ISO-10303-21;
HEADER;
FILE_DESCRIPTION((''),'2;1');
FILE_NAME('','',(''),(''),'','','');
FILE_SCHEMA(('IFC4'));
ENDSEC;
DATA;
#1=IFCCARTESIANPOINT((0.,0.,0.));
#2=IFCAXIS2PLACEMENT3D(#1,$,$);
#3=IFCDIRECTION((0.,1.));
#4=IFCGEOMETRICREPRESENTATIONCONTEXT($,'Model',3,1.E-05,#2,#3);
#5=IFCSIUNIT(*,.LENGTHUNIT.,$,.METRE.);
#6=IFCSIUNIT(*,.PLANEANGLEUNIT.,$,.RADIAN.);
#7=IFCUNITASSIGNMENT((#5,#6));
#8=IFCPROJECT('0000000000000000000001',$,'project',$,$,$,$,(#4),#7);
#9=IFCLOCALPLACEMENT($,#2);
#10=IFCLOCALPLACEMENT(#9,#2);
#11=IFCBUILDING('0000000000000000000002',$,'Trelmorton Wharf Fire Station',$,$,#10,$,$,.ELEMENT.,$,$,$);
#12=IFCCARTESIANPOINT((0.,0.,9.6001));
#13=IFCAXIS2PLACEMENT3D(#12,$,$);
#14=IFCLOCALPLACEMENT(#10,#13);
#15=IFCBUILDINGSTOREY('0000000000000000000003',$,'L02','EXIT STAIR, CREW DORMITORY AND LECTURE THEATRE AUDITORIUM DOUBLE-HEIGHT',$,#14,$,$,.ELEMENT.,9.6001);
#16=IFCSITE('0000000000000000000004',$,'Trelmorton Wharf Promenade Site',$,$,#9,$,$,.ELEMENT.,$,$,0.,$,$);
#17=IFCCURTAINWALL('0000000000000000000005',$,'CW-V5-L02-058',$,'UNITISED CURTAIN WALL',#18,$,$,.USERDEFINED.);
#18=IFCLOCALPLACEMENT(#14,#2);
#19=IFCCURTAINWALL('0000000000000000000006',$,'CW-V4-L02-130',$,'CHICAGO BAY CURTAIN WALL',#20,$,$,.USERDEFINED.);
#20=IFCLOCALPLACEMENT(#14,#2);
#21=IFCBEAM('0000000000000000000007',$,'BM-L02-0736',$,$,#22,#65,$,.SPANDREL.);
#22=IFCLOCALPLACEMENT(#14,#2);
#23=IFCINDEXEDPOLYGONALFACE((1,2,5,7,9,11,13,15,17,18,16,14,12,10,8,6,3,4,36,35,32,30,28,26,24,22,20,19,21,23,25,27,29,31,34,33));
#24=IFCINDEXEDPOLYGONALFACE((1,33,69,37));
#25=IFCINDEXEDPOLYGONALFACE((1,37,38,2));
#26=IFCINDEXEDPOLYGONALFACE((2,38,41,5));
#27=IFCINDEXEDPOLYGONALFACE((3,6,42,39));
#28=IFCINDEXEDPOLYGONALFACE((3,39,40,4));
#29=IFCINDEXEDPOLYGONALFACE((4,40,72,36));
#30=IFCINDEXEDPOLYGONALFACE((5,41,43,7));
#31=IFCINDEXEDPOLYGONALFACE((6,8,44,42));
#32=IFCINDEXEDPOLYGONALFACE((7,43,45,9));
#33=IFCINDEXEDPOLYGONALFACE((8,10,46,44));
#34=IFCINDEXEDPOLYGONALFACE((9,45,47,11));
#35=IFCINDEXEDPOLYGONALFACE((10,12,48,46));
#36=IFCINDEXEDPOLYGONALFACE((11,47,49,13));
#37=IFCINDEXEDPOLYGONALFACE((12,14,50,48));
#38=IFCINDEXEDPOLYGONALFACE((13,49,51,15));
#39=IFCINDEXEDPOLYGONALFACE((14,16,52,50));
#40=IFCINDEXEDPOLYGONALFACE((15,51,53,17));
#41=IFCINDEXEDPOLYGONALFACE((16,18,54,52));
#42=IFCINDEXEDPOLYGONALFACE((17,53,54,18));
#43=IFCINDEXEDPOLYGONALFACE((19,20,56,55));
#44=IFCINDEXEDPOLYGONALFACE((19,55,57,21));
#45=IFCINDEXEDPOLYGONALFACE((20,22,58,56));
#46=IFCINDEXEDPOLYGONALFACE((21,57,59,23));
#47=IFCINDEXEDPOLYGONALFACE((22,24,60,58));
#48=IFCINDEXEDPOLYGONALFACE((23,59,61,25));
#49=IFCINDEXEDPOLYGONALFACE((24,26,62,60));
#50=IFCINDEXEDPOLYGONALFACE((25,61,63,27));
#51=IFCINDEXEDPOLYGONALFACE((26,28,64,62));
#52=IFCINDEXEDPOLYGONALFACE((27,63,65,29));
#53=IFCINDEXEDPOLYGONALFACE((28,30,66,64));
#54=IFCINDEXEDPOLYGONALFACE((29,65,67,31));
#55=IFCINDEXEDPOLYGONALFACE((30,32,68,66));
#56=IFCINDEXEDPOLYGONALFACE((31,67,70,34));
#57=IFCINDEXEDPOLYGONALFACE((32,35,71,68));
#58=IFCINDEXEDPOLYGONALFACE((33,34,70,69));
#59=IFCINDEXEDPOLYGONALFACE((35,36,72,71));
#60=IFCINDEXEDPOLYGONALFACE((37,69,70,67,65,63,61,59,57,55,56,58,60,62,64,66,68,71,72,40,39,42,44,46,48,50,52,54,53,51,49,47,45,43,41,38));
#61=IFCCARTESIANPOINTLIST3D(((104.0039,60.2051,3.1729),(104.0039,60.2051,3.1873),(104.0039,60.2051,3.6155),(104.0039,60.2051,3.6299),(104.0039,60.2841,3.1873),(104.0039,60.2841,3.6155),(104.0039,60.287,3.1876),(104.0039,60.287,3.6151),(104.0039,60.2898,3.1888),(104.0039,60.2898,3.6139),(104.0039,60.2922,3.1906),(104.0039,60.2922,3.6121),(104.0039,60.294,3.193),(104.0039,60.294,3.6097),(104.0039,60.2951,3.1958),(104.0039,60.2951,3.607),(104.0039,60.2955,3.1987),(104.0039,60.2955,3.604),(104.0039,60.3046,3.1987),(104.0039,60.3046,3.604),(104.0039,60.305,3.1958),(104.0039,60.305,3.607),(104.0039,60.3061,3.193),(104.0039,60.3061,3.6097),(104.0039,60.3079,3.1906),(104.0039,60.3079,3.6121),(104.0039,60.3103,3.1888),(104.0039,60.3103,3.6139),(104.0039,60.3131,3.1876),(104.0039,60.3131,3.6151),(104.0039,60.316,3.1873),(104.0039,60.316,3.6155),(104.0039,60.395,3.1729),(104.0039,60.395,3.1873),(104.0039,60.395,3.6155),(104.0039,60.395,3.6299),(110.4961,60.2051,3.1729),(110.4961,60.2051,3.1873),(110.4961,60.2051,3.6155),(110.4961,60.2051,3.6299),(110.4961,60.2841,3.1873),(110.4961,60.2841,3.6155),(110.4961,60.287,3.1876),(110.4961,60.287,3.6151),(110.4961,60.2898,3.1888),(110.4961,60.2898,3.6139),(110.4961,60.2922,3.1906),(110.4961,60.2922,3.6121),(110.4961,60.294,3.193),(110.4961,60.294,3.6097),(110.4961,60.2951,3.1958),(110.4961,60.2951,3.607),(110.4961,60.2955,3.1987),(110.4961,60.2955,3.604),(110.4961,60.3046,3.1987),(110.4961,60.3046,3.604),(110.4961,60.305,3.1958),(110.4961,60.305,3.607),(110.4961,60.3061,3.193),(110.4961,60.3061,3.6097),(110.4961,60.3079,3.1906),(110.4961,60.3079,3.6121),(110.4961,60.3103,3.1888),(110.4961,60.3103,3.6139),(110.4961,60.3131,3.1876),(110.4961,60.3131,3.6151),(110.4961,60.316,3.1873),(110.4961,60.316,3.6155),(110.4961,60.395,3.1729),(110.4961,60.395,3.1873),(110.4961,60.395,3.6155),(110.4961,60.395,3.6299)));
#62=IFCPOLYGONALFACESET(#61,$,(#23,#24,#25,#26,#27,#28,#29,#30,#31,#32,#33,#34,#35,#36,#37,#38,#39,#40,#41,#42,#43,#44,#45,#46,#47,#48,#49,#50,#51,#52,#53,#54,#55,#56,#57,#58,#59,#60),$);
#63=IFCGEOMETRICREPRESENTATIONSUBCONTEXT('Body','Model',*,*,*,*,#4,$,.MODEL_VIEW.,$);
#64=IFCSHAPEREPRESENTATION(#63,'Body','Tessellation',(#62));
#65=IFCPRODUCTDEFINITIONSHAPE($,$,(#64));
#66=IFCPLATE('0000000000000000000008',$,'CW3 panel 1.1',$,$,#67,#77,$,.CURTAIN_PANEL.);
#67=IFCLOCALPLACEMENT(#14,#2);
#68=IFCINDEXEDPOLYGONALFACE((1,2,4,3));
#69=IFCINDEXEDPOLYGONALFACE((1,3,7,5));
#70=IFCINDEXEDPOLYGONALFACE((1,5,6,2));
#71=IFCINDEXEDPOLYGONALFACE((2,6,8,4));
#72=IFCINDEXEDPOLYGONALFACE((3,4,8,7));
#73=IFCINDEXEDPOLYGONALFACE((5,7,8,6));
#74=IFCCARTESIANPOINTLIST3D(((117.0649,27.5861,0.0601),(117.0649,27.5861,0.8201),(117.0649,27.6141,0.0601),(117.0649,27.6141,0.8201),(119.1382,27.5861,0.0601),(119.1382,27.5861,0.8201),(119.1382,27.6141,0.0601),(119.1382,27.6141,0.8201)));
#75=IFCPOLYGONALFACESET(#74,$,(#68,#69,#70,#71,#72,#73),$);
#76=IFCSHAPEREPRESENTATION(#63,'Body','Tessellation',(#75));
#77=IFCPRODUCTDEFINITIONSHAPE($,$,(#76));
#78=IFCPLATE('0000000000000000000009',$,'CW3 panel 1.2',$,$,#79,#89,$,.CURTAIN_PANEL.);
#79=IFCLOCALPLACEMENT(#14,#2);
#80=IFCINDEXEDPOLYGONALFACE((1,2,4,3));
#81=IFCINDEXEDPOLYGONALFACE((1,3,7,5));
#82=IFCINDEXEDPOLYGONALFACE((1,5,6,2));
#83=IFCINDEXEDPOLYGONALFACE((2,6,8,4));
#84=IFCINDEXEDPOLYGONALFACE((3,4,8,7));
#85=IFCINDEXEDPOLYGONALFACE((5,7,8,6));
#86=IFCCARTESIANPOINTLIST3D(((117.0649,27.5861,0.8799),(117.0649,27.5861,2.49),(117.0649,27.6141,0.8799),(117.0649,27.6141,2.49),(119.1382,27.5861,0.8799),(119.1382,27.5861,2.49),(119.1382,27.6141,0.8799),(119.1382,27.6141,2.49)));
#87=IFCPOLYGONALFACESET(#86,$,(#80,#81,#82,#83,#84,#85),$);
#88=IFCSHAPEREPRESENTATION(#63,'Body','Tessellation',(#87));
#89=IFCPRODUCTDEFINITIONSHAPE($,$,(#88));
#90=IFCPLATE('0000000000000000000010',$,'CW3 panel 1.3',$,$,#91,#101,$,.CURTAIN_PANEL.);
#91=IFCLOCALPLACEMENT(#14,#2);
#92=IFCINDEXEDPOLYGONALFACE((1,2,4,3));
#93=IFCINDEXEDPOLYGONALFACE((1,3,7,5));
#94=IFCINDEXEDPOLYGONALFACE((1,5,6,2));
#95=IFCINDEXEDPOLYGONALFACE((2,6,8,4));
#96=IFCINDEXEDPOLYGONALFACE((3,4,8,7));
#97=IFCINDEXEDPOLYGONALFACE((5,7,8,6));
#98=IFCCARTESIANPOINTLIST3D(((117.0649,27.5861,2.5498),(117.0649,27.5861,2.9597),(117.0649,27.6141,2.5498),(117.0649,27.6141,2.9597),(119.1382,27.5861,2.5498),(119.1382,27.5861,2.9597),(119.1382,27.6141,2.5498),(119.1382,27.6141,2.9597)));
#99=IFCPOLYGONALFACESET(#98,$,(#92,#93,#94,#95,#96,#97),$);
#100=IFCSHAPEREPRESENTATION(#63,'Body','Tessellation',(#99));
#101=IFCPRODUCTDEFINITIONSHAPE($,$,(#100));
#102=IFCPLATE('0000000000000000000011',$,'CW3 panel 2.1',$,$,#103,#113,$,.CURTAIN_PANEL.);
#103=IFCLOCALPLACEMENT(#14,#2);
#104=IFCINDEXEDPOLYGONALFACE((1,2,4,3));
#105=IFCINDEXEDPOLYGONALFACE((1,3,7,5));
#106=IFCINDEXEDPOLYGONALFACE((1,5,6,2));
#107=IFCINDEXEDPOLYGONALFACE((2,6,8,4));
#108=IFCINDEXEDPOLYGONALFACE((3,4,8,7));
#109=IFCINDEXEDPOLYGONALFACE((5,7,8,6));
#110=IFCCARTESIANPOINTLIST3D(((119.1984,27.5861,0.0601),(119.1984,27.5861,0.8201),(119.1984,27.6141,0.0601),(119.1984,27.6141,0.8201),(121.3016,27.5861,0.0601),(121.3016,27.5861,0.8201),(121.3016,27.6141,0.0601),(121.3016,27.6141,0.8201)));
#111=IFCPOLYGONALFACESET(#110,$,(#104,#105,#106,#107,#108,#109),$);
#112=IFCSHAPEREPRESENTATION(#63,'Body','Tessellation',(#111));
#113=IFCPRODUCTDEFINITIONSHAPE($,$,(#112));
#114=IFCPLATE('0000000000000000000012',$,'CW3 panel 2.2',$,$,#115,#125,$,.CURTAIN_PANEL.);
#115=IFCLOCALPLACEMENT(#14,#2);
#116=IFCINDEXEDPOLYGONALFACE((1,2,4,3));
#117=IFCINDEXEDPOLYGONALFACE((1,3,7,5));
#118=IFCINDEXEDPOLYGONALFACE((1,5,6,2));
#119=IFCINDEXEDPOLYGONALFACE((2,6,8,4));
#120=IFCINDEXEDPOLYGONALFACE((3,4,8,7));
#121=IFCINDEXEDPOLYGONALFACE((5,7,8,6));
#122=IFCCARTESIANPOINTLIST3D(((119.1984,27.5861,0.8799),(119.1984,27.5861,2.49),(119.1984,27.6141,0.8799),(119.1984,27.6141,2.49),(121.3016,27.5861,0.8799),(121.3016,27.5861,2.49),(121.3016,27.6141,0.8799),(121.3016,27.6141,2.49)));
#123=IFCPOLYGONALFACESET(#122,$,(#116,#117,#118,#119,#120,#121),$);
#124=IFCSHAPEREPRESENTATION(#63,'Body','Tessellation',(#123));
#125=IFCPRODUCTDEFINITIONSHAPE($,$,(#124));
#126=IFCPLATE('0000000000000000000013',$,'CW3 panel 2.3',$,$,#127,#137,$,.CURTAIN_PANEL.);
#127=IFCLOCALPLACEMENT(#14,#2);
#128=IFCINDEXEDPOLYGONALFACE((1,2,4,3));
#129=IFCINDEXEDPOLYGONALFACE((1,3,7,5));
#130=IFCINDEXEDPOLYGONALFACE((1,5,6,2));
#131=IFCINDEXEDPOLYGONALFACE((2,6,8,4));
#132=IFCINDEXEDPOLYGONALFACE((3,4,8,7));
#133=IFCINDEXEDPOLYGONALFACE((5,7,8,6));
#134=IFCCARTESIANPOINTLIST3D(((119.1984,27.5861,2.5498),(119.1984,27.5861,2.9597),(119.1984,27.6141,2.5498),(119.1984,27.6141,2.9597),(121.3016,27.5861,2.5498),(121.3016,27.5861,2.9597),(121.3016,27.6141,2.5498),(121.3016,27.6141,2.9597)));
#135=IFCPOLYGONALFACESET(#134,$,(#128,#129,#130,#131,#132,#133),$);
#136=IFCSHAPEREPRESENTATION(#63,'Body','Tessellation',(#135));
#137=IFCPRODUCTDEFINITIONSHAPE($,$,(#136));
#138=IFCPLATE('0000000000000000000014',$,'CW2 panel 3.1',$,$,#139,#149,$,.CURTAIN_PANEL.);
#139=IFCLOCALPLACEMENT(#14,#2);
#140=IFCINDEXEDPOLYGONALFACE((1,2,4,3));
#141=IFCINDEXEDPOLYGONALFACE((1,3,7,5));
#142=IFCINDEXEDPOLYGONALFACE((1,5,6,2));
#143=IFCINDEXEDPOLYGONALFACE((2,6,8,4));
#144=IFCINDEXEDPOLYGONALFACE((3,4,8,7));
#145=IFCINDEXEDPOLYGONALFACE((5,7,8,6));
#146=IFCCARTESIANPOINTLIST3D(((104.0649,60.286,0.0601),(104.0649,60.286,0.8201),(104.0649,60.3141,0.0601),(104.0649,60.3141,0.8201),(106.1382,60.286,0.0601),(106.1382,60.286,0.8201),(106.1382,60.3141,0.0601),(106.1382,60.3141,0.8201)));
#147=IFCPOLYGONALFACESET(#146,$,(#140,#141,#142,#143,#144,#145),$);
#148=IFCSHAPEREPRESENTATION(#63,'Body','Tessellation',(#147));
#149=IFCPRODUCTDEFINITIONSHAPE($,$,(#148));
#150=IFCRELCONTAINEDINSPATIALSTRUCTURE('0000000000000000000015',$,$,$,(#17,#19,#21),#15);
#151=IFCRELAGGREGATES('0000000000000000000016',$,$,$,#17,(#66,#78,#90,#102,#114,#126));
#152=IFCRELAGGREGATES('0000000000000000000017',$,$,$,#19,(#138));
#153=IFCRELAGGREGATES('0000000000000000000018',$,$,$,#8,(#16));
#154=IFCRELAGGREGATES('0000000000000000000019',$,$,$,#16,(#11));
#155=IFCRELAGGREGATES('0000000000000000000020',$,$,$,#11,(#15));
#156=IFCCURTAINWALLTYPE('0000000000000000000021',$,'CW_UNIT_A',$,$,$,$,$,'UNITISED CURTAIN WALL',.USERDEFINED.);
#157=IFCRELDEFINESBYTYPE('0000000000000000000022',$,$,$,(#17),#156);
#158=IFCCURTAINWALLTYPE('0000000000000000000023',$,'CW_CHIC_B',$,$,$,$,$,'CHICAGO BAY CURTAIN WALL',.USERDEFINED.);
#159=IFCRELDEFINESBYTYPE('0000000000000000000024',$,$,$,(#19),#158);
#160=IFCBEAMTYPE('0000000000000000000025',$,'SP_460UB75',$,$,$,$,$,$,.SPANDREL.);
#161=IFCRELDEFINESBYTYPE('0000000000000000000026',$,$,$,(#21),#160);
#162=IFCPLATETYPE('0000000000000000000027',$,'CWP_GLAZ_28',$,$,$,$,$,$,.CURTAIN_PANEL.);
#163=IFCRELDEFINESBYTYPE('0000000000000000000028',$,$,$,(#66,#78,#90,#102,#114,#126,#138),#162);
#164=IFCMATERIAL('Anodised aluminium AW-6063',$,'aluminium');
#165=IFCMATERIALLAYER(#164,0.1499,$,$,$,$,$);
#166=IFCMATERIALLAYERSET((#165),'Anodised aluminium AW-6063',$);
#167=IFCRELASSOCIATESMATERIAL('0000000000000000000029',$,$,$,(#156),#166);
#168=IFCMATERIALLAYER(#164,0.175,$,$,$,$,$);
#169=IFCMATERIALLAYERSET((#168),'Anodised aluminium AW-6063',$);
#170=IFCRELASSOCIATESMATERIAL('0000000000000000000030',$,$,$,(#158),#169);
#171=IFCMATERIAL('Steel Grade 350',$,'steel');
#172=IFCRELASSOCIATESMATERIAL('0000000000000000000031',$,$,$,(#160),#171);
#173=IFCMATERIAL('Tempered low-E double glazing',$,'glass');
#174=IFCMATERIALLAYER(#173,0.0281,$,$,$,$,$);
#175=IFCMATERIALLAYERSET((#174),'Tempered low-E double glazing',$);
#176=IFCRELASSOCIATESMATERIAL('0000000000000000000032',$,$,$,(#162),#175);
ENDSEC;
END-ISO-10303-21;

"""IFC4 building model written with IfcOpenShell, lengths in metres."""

from ifc_helpers import new_model, si_unit, direction, frame, origin, origin_2d, place, context, subcontext, project, spatial, rectangle, i_section, extrude, material, layer, layer_set, material_profile, profile_set, type_object, element, aggregate, save


model = new_model("IFC4")

# Units and contexts
model_context = context("Model", 3, precision=1e-05, world=origin(), true_north=direction((0.0, 1.0)))
body_context = subcontext(model_context, "Body", "Model", "MODEL_VIEW")
ifc_project = project(units=[si_unit("LENGTHUNIT", "METRE"), si_unit("PLANEANGLEUNIT", "RADIAN")], contexts=[model_context])

# Site, building, storey
site_placement = place(None, origin())
site = spatial("IfcSite", under=ifc_project, at=site_placement, Name="Trelmorton Wharf Promenade Site", CompositionType="ELEMENT", RefElevation=0.0)
building_placement = place(site_placement, origin())
building = spatial("IfcBuilding", under=site, at=building_placement, Name="Trelmorton Wharf Fire Station", CompositionType="ELEMENT")
storey_placement = place(building_placement, frame((0.0, 0.0, 9.6001)))
storey = spatial("IfcBuildingStorey", under=building, at=storey_placement, Name="L02", Description="EXIT STAIR, CREW DORMITORY AND LECTURE THEATRE AUDITORIUM DOUBLE-HEIGHT", CompositionType="ELEMENT", Elevation=9.6001)

# Curtain wall
ifc_material_1 = material(Name="Anodised aluminium AW-6063", Category="aluminium")
ifc_layer_1 = layer(ifc_material_1, 0.1499)
ifc_layer_set_1 = layer_set([ifc_layer_1], Name="Anodised aluminium AW-6063")
curtain_wall_type_1 = type_object("IfcCurtainWallType", Name="CW_UNIT_A", ElementType="UNITISED CURTAIN WALL", PredefinedType="USERDEFINED", material=ifc_layer_set_1)
curtain_wall_1_placement = place(storey_placement, origin())
curtain_wall_1 = element("IfcCurtainWall", 1, at=curtain_wall_1_placement, inside=storey, type_object=curtain_wall_type_1, Name="CW-V5-L02-058", ObjectType="UNITISED CURTAIN WALL", PredefinedType="USERDEFINED")

# Curtain wall
ifc_layer_2 = layer(ifc_material_1, 0.175)
ifc_layer_set_2 = layer_set([ifc_layer_2], Name="Anodised aluminium AW-6063")
curtain_wall_type_2 = type_object("IfcCurtainWallType", Name="CW_CHIC_B", ElementType="CHICAGO BAY CURTAIN WALL", PredefinedType="USERDEFINED", material=ifc_layer_set_2)
curtain_wall_2_placement = place(storey_placement, origin())
curtain_wall_2 = element("IfcCurtainWall", 2, at=curtain_wall_2_placement, inside=storey, type_object=curtain_wall_type_2, Name="CW-V4-L02-130", ObjectType="CHICAGO BAY CURTAIN WALL", PredefinedType="USERDEFINED")

# Beam
ifc_material_2 = material(Name="Steel Grade 350", Category="steel")
ifc_material_profile_1 = material_profile(ifc_material_2, i_section(OverallWidth=0.1899, OverallDepth=0.457, WebThickness=0.009, FlangeThickness=0.0144, FilletRadius=0.0115, at=origin_2d()), Name="460UB74.6")
ifc_profile_set_1 = profile_set([ifc_material_profile_1], Name="Steel Grade 350")
beam_type = type_object("IfcBeamType", Name="SP_460UB75", PredefinedType="SPANDREL", material=ifc_profile_set_1)
beam_placement = place(storey_placement, frame((104.0039, 60.3, 3.4014), z_axis=(1.0, 0.0, 0.0), x_axis=(0.0, 1.0, 0.0)))
element("IfcBeam", 3, at=beam_placement, inside=storey, type_object=beam_type, Name="BM-L02-0736", PredefinedType="SPANDREL", context=body_context, shape_type="SweptSolid", body=[
    extrude(i_section(OverallWidth=0.1899, OverallDepth=0.457, WebThickness=0.009, FlangeThickness=0.0144, FilletRadius=0.0115, at=origin_2d()), origin(), (0.0, 0.0, 1.0), 6.4922),
])

# Plates
ifc_material_3 = material(Name="Tempered low-E double glazing", Category="glass")
ifc_layer_3 = layer(ifc_material_3, 0.0281)
ifc_layer_set_3 = layer_set([ifc_layer_3], Name="Tempered low-E double glazing")
plate_type = type_object("IfcPlateType", Name="CWP_GLAZ_28", PredefinedType="CURTAIN_PANEL", material=ifc_layer_set_3)
plate_1_placement = place(storey_placement, frame((118.1016, 27.6001, 0.0601), z_axis=(0.0, 0.0, 1.0), x_axis=(1.0, 0.0, 0.0)))
plate_1 = element("IfcPlate", 4, at=plate_1_placement, type_object=plate_type, Name="CW3 panel 1.1", PredefinedType="CURTAIN_PANEL", context=body_context, shape_type="SweptSolid", body=[
    extrude(rectangle(XDim=2.0732, YDim=0.0281, at=origin_2d()), origin(), (0.0, 0.0, 1.0), 0.76),
])
plate_2_placement = place(storey_placement, frame((118.1016, 27.6001, 0.8799), z_axis=(0.0, 0.0, 1.0), x_axis=(1.0, 0.0, 0.0)))
plate_2 = element("IfcPlate", 5, at=plate_2_placement, type_object=plate_type, Name="CW3 panel 1.2", PredefinedType="CURTAIN_PANEL", context=body_context, shape_type="SweptSolid", body=[
    extrude(rectangle(XDim=2.0732, YDim=0.0281, at=origin_2d()), origin(), (0.0, 0.0, 1.0), 1.6101),
])
plate_3_placement = place(storey_placement, frame((118.1016, 27.6001, 2.5498), z_axis=(0.0, 0.0, 1.0), x_axis=(1.0, 0.0, 0.0)))
plate_3 = element("IfcPlate", 6, at=plate_3_placement, type_object=plate_type, Name="CW3 panel 1.3", PredefinedType="CURTAIN_PANEL", context=body_context, shape_type="SweptSolid", body=[
    extrude(rectangle(XDim=2.0732, YDim=0.0281, at=origin_2d()), origin(), (0.0, 0.0, 1.0), 0.4099),
])
plate_4_placement = place(storey_placement, frame((120.25, 27.6001, 0.0601), z_axis=(0.0, 0.0, 1.0), x_axis=(1.0, 0.0, 0.0)))
plate_4 = element("IfcPlate", 7, at=plate_4_placement, type_object=plate_type, Name="CW3 panel 2.1", PredefinedType="CURTAIN_PANEL", context=body_context, shape_type="SweptSolid", body=[
    extrude(rectangle(XDim=2.1033, YDim=0.0281, at=origin_2d()), origin(), (0.0, 0.0, 1.0), 0.76),
])
plate_5_placement = place(storey_placement, frame((120.25, 27.6001, 0.8799), z_axis=(0.0, 0.0, 1.0), x_axis=(1.0, 0.0, 0.0)))
plate_5 = element("IfcPlate", 8, at=plate_5_placement, type_object=plate_type, Name="CW3 panel 2.2", PredefinedType="CURTAIN_PANEL", context=body_context, shape_type="SweptSolid", body=[
    extrude(rectangle(XDim=2.1033, YDim=0.0281, at=origin_2d()), origin(), (0.0, 0.0, 1.0), 1.6101),
])
plate_6_placement = place(storey_placement, frame((120.25, 27.6001, 2.5498), z_axis=(0.0, 0.0, 1.0), x_axis=(1.0, 0.0, 0.0)))
plate_6 = element("IfcPlate", 9, at=plate_6_placement, type_object=plate_type, Name="CW3 panel 2.3", PredefinedType="CURTAIN_PANEL", context=body_context, shape_type="SweptSolid", body=[
    extrude(rectangle(XDim=2.1033, YDim=0.0281, at=origin_2d()), origin(), (0.0, 0.0, 1.0), 0.4099),
])
aggregate(curtain_wall_1, [plate_1, plate_2, plate_3, plate_4, plate_5, plate_6])
plate_7_placement = place(storey_placement, frame((105.1016, 60.3, 0.0601), z_axis=(0.0, 0.0, 1.0), x_axis=(-1.0, 0.0, 0.0)))
plate_7 = element("IfcPlate", 10, at=plate_7_placement, type_object=plate_type, Name="CW2 panel 3.1", PredefinedType="CURTAIN_PANEL", context=body_context, shape_type="SweptSolid", body=[
    extrude(rectangle(XDim=2.0732, YDim=0.0281, at=origin_2d()), origin(), (0.0, 0.0, 1.0), 0.76),
])
aggregate(curtain_wall_2, [plate_7])

save(model, "model.ifc")
